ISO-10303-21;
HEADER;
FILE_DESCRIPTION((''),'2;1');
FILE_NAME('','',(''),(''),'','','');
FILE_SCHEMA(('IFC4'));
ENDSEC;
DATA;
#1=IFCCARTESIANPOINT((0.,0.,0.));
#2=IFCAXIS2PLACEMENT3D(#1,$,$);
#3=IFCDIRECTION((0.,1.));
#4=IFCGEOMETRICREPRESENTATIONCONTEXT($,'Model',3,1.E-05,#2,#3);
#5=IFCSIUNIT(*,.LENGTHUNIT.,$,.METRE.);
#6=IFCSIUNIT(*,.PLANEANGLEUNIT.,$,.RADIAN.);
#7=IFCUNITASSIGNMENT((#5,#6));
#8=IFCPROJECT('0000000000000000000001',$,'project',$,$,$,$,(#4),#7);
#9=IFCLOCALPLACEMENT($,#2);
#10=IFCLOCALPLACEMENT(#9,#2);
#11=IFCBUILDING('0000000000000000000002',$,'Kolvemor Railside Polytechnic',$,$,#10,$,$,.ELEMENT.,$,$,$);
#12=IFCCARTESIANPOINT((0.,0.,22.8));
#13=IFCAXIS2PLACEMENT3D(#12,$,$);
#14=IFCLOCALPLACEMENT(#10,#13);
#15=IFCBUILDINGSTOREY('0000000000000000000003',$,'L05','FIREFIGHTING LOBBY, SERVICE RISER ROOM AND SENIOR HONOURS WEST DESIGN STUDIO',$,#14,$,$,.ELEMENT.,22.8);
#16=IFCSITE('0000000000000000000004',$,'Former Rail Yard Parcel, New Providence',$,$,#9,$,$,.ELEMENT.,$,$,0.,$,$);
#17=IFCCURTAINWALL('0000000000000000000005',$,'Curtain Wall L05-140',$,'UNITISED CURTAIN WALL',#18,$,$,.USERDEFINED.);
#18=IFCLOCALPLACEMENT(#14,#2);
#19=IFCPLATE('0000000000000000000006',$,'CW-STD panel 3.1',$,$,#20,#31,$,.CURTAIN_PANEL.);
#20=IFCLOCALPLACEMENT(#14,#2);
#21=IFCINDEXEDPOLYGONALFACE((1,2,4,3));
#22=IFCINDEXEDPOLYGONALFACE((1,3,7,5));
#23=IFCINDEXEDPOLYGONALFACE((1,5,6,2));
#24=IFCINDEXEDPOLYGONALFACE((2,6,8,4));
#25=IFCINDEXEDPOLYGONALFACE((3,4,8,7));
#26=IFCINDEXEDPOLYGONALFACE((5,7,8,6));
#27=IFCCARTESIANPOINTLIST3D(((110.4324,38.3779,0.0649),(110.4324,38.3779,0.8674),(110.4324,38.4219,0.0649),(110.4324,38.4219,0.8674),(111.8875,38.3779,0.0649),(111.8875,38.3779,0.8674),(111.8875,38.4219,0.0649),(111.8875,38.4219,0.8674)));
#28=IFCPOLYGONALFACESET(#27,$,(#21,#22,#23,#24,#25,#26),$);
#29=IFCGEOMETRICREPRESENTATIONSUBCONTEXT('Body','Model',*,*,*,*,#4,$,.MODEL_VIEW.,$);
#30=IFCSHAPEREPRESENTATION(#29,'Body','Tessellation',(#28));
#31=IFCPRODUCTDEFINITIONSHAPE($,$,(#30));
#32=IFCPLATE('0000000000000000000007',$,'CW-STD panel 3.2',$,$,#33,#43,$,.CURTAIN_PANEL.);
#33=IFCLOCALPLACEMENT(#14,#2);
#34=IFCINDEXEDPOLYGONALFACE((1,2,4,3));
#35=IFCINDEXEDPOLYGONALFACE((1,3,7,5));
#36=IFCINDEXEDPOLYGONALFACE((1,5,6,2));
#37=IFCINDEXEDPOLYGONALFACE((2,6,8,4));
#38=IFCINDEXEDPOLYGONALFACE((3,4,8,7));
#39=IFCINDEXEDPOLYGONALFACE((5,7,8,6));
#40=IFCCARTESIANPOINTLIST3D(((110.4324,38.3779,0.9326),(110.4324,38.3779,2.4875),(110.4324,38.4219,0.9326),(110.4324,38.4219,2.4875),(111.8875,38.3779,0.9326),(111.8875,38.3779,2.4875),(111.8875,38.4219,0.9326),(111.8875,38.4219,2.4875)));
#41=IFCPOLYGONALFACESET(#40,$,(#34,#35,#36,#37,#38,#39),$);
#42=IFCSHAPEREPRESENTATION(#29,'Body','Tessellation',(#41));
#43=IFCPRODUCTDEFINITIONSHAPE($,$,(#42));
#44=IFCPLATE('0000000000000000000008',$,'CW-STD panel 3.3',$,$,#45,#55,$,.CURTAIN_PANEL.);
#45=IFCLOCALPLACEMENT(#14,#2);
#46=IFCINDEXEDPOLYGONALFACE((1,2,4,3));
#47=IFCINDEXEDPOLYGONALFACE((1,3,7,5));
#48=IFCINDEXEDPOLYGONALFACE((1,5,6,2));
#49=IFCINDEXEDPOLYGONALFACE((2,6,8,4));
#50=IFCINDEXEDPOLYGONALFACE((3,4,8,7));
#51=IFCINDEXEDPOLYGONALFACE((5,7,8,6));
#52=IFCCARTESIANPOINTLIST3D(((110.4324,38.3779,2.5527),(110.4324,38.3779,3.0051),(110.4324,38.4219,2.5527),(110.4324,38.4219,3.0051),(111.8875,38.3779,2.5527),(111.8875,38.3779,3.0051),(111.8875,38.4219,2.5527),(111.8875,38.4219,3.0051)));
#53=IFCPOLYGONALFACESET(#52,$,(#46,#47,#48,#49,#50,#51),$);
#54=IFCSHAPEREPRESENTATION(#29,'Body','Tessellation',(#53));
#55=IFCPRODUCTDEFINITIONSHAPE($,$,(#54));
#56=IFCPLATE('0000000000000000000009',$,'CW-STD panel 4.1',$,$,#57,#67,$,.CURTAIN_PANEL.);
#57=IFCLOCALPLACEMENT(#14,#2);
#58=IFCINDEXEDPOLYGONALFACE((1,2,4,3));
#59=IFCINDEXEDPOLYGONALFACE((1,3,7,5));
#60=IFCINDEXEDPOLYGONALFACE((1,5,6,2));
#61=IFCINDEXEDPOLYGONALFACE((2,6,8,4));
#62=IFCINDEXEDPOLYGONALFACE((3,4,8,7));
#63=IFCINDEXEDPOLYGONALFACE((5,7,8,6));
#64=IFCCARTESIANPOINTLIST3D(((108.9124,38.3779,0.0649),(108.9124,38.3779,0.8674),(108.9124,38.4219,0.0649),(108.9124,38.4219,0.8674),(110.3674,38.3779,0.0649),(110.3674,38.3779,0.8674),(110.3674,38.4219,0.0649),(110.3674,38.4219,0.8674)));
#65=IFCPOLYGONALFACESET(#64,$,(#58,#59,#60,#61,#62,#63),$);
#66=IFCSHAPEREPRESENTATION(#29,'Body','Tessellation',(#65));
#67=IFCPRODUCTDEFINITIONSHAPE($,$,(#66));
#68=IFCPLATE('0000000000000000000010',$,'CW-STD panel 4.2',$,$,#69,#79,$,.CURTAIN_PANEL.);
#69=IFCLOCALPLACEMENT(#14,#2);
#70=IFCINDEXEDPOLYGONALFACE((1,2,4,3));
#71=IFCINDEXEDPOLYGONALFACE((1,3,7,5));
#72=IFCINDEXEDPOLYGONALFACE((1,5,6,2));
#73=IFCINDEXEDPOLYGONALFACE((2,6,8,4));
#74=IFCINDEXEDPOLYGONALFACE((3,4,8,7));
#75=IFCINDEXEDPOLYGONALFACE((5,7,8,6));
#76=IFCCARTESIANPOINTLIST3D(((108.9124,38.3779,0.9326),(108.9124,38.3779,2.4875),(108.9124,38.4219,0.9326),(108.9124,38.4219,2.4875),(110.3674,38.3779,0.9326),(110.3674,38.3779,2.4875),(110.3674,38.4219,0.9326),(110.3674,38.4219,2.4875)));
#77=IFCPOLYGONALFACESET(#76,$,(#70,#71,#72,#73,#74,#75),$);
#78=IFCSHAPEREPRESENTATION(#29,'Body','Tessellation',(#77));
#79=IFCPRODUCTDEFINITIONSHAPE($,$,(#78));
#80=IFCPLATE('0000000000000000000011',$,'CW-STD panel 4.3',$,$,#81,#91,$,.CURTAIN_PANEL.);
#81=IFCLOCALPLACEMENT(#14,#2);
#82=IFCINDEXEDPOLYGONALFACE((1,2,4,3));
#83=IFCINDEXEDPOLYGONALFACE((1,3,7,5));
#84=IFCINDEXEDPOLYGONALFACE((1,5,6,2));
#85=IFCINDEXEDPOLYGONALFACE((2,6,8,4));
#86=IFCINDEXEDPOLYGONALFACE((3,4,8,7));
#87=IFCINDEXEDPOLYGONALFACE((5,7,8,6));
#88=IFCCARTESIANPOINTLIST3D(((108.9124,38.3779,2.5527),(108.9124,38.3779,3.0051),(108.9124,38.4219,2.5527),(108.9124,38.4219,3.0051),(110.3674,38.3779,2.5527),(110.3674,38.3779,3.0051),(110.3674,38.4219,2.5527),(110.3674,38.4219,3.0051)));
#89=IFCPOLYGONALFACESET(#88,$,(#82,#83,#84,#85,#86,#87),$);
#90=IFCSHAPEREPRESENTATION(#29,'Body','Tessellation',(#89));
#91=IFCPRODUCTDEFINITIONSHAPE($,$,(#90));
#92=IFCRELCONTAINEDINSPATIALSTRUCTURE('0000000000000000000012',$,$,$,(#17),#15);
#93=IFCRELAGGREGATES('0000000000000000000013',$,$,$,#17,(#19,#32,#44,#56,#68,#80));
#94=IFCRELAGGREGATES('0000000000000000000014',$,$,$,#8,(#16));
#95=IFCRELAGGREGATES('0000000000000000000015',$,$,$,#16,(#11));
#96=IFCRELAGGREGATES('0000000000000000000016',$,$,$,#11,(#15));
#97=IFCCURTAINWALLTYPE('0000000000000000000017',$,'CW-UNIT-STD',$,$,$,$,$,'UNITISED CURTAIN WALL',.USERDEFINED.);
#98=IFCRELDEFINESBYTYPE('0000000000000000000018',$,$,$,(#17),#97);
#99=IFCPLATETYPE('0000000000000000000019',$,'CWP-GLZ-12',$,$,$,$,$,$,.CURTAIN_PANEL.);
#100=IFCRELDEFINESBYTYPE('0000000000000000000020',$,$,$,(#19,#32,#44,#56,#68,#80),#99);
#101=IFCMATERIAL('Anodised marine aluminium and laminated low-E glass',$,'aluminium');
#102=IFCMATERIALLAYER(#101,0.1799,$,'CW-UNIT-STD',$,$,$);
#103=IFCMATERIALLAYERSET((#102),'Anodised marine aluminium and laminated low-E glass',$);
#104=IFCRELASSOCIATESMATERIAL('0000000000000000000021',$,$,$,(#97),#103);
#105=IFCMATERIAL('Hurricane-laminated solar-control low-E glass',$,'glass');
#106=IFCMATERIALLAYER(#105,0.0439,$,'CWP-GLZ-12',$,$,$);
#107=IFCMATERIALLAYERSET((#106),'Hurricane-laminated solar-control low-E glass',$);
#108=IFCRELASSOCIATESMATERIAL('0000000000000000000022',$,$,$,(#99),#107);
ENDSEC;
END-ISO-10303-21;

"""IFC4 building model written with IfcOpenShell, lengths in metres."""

from ifc_helpers import new_model, si_unit, direction, frame, origin, origin_2d, place, context, subcontext, project, spatial, rectangle, extrude, material, layer, layer_set, type_object, element, aggregate, save


model = new_model("IFC4")

# Units and contexts
model_context = context("Model", 3, precision=1e-05, world=origin(), true_north=direction((0.0, 1.0)))
body_context = subcontext(model_context, "Body", "Model", "MODEL_VIEW")
ifc_project = project(units=[si_unit("LENGTHUNIT", "METRE"), si_unit("PLANEANGLEUNIT", "RADIAN")], contexts=[model_context])

# Site, building, storey
site_placement = place(None, origin())
site = spatial("IfcSite", under=ifc_project, at=site_placement, Name="Former Rail Yard Parcel, New Providence", CompositionType="ELEMENT", RefElevation=0.0)
building_placement = place(site_placement, origin())
building = spatial("IfcBuilding", under=site, at=building_placement, Name="Kolvemor Railside Polytechnic", CompositionType="ELEMENT")
storey_placement = place(building_placement, frame((0.0, 0.0, 22.8)))
storey = spatial("IfcBuildingStorey", under=building, at=storey_placement, Name="L05", Description="FIREFIGHTING LOBBY, SERVICE RISER ROOM AND SENIOR HONOURS WEST DESIGN STUDIO", CompositionType="ELEMENT", Elevation=22.8)

# Curtain wall, plates
ifc_material_1 = material(Name="Anodised marine aluminium and laminated low-E glass", Category="aluminium")
ifc_layer_1 = layer(ifc_material_1, 0.1799, Name="CW-UNIT-STD")
ifc_layer_set_1 = layer_set([ifc_layer_1], Name="Anodised marine aluminium and laminated low-E glass")
curtain_wall_type = type_object("IfcCurtainWallType", Name="CW-UNIT-STD", ElementType="UNITISED CURTAIN WALL", PredefinedType="USERDEFINED", material=ifc_layer_set_1)
curtain_wall_placement = place(storey_placement, origin())
curtain_wall = element("IfcCurtainWall", 1, at=curtain_wall_placement, inside=storey, type_object=curtain_wall_type, Name="Curtain Wall L05-140", ObjectType="UNITISED CURTAIN WALL", PredefinedType="USERDEFINED")
ifc_material_2 = material(Name="Hurricane-laminated solar-control low-E glass", Category="glass")
ifc_layer_2 = layer(ifc_material_2, 0.0439, Name="CWP-GLZ-12")
ifc_layer_set_2 = layer_set([ifc_layer_2], Name="Hurricane-laminated solar-control low-E glass")
plate_type = type_object("IfcPlateType", Name="CWP-GLZ-12", PredefinedType="CURTAIN_PANEL", material=ifc_layer_set_2)
plate_1_placement = place(storey_placement, frame((111.1599, 38.3999, 0.0649), z_axis=(0.0, 0.0, 1.0), x_axis=(-1.0, 0.0, 0.0)))
plate_1 = element("IfcPlate", 2, at=plate_1_placement, type_object=plate_type, Name="CW-STD panel 3.1", PredefinedType="CURTAIN_PANEL", context=body_context, shape_type="SweptSolid", body=[
    extrude(rectangle(XDim=1.4551, YDim=0.0439, at=origin_2d()), origin(), (0.0, 0.0, 1.0), 0.8025),
])
plate_2_placement = place(storey_placement, frame((111.1599, 38.3999, 0.9326), z_axis=(0.0, 0.0, 1.0), x_axis=(-1.0, 0.0, 0.0)))
plate_2 = element("IfcPlate", 3, at=plate_2_placement, type_object=plate_type, Name="CW-STD panel 3.2", PredefinedType="CURTAIN_PANEL", context=body_context, shape_type="SweptSolid", body=[
    extrude(rectangle(XDim=1.4551, YDim=0.0439, at=origin_2d()), origin(), (0.0, 0.0, 1.0), 1.5549),
])
plate_3_placement = place(storey_placement, frame((111.1599, 38.3999, 2.5527), z_axis=(0.0, 0.0, 1.0), x_axis=(-1.0, 0.0, 0.0)))
plate_3 = element("IfcPlate", 4, at=plate_3_placement, type_object=plate_type, Name="CW-STD panel 3.3", PredefinedType="CURTAIN_PANEL", context=body_context, shape_type="SweptSolid", body=[
    extrude(rectangle(XDim=1.4551, YDim=0.0439, at=origin_2d()), origin(), (0.0, 0.0, 1.0), 0.4524),
])
plate_4_placement = place(storey_placement, frame((109.6399, 38.3999, 0.0649), z_axis=(0.0, 0.0, 1.0), x_axis=(-1.0, 0.0, 0.0)))
plate_4 = element("IfcPlate", 5, at=plate_4_placement, type_object=plate_type, Name="CW-STD panel 4.1", PredefinedType="CURTAIN_PANEL", context=body_context, shape_type="SweptSolid", body=[
    extrude(rectangle(XDim=1.4551, YDim=0.0439, at=origin_2d()), origin(), (0.0, 0.0, 1.0), 0.8025),
])
plate_5_placement = place(storey_placement, frame((109.6399, 38.3999, 0.9326), z_axis=(0.0, 0.0, 1.0), x_axis=(-1.0, 0.0, 0.0)))
plate_5 = element("IfcPlate", 6, at=plate_5_placement, type_object=plate_type, Name="CW-STD panel 4.2", PredefinedType="CURTAIN_PANEL", context=body_context, shape_type="SweptSolid", body=[
    extrude(rectangle(XDim=1.4551, YDim=0.0439, at=origin_2d()), origin(), (0.0, 0.0, 1.0), 1.5549),
])
plate_6_placement = place(storey_placement, frame((109.6399, 38.3999, 2.5527), z_axis=(0.0, 0.0, 1.0), x_axis=(-1.0, 0.0, 0.0)))
plate_6 = element("IfcPlate", 7, at=plate_6_placement, type_object=plate_type, Name="CW-STD panel 4.3", PredefinedType="CURTAIN_PANEL", context=body_context, shape_type="SweptSolid", body=[
    extrude(rectangle(XDim=1.4551, YDim=0.0439, at=origin_2d()), origin(), (0.0, 0.0, 1.0), 0.4524),
])
aggregate(curtain_wall, [plate_1, plate_2, plate_3, plate_4, plate_5, plate_6])

save(model, "model.ifc")
